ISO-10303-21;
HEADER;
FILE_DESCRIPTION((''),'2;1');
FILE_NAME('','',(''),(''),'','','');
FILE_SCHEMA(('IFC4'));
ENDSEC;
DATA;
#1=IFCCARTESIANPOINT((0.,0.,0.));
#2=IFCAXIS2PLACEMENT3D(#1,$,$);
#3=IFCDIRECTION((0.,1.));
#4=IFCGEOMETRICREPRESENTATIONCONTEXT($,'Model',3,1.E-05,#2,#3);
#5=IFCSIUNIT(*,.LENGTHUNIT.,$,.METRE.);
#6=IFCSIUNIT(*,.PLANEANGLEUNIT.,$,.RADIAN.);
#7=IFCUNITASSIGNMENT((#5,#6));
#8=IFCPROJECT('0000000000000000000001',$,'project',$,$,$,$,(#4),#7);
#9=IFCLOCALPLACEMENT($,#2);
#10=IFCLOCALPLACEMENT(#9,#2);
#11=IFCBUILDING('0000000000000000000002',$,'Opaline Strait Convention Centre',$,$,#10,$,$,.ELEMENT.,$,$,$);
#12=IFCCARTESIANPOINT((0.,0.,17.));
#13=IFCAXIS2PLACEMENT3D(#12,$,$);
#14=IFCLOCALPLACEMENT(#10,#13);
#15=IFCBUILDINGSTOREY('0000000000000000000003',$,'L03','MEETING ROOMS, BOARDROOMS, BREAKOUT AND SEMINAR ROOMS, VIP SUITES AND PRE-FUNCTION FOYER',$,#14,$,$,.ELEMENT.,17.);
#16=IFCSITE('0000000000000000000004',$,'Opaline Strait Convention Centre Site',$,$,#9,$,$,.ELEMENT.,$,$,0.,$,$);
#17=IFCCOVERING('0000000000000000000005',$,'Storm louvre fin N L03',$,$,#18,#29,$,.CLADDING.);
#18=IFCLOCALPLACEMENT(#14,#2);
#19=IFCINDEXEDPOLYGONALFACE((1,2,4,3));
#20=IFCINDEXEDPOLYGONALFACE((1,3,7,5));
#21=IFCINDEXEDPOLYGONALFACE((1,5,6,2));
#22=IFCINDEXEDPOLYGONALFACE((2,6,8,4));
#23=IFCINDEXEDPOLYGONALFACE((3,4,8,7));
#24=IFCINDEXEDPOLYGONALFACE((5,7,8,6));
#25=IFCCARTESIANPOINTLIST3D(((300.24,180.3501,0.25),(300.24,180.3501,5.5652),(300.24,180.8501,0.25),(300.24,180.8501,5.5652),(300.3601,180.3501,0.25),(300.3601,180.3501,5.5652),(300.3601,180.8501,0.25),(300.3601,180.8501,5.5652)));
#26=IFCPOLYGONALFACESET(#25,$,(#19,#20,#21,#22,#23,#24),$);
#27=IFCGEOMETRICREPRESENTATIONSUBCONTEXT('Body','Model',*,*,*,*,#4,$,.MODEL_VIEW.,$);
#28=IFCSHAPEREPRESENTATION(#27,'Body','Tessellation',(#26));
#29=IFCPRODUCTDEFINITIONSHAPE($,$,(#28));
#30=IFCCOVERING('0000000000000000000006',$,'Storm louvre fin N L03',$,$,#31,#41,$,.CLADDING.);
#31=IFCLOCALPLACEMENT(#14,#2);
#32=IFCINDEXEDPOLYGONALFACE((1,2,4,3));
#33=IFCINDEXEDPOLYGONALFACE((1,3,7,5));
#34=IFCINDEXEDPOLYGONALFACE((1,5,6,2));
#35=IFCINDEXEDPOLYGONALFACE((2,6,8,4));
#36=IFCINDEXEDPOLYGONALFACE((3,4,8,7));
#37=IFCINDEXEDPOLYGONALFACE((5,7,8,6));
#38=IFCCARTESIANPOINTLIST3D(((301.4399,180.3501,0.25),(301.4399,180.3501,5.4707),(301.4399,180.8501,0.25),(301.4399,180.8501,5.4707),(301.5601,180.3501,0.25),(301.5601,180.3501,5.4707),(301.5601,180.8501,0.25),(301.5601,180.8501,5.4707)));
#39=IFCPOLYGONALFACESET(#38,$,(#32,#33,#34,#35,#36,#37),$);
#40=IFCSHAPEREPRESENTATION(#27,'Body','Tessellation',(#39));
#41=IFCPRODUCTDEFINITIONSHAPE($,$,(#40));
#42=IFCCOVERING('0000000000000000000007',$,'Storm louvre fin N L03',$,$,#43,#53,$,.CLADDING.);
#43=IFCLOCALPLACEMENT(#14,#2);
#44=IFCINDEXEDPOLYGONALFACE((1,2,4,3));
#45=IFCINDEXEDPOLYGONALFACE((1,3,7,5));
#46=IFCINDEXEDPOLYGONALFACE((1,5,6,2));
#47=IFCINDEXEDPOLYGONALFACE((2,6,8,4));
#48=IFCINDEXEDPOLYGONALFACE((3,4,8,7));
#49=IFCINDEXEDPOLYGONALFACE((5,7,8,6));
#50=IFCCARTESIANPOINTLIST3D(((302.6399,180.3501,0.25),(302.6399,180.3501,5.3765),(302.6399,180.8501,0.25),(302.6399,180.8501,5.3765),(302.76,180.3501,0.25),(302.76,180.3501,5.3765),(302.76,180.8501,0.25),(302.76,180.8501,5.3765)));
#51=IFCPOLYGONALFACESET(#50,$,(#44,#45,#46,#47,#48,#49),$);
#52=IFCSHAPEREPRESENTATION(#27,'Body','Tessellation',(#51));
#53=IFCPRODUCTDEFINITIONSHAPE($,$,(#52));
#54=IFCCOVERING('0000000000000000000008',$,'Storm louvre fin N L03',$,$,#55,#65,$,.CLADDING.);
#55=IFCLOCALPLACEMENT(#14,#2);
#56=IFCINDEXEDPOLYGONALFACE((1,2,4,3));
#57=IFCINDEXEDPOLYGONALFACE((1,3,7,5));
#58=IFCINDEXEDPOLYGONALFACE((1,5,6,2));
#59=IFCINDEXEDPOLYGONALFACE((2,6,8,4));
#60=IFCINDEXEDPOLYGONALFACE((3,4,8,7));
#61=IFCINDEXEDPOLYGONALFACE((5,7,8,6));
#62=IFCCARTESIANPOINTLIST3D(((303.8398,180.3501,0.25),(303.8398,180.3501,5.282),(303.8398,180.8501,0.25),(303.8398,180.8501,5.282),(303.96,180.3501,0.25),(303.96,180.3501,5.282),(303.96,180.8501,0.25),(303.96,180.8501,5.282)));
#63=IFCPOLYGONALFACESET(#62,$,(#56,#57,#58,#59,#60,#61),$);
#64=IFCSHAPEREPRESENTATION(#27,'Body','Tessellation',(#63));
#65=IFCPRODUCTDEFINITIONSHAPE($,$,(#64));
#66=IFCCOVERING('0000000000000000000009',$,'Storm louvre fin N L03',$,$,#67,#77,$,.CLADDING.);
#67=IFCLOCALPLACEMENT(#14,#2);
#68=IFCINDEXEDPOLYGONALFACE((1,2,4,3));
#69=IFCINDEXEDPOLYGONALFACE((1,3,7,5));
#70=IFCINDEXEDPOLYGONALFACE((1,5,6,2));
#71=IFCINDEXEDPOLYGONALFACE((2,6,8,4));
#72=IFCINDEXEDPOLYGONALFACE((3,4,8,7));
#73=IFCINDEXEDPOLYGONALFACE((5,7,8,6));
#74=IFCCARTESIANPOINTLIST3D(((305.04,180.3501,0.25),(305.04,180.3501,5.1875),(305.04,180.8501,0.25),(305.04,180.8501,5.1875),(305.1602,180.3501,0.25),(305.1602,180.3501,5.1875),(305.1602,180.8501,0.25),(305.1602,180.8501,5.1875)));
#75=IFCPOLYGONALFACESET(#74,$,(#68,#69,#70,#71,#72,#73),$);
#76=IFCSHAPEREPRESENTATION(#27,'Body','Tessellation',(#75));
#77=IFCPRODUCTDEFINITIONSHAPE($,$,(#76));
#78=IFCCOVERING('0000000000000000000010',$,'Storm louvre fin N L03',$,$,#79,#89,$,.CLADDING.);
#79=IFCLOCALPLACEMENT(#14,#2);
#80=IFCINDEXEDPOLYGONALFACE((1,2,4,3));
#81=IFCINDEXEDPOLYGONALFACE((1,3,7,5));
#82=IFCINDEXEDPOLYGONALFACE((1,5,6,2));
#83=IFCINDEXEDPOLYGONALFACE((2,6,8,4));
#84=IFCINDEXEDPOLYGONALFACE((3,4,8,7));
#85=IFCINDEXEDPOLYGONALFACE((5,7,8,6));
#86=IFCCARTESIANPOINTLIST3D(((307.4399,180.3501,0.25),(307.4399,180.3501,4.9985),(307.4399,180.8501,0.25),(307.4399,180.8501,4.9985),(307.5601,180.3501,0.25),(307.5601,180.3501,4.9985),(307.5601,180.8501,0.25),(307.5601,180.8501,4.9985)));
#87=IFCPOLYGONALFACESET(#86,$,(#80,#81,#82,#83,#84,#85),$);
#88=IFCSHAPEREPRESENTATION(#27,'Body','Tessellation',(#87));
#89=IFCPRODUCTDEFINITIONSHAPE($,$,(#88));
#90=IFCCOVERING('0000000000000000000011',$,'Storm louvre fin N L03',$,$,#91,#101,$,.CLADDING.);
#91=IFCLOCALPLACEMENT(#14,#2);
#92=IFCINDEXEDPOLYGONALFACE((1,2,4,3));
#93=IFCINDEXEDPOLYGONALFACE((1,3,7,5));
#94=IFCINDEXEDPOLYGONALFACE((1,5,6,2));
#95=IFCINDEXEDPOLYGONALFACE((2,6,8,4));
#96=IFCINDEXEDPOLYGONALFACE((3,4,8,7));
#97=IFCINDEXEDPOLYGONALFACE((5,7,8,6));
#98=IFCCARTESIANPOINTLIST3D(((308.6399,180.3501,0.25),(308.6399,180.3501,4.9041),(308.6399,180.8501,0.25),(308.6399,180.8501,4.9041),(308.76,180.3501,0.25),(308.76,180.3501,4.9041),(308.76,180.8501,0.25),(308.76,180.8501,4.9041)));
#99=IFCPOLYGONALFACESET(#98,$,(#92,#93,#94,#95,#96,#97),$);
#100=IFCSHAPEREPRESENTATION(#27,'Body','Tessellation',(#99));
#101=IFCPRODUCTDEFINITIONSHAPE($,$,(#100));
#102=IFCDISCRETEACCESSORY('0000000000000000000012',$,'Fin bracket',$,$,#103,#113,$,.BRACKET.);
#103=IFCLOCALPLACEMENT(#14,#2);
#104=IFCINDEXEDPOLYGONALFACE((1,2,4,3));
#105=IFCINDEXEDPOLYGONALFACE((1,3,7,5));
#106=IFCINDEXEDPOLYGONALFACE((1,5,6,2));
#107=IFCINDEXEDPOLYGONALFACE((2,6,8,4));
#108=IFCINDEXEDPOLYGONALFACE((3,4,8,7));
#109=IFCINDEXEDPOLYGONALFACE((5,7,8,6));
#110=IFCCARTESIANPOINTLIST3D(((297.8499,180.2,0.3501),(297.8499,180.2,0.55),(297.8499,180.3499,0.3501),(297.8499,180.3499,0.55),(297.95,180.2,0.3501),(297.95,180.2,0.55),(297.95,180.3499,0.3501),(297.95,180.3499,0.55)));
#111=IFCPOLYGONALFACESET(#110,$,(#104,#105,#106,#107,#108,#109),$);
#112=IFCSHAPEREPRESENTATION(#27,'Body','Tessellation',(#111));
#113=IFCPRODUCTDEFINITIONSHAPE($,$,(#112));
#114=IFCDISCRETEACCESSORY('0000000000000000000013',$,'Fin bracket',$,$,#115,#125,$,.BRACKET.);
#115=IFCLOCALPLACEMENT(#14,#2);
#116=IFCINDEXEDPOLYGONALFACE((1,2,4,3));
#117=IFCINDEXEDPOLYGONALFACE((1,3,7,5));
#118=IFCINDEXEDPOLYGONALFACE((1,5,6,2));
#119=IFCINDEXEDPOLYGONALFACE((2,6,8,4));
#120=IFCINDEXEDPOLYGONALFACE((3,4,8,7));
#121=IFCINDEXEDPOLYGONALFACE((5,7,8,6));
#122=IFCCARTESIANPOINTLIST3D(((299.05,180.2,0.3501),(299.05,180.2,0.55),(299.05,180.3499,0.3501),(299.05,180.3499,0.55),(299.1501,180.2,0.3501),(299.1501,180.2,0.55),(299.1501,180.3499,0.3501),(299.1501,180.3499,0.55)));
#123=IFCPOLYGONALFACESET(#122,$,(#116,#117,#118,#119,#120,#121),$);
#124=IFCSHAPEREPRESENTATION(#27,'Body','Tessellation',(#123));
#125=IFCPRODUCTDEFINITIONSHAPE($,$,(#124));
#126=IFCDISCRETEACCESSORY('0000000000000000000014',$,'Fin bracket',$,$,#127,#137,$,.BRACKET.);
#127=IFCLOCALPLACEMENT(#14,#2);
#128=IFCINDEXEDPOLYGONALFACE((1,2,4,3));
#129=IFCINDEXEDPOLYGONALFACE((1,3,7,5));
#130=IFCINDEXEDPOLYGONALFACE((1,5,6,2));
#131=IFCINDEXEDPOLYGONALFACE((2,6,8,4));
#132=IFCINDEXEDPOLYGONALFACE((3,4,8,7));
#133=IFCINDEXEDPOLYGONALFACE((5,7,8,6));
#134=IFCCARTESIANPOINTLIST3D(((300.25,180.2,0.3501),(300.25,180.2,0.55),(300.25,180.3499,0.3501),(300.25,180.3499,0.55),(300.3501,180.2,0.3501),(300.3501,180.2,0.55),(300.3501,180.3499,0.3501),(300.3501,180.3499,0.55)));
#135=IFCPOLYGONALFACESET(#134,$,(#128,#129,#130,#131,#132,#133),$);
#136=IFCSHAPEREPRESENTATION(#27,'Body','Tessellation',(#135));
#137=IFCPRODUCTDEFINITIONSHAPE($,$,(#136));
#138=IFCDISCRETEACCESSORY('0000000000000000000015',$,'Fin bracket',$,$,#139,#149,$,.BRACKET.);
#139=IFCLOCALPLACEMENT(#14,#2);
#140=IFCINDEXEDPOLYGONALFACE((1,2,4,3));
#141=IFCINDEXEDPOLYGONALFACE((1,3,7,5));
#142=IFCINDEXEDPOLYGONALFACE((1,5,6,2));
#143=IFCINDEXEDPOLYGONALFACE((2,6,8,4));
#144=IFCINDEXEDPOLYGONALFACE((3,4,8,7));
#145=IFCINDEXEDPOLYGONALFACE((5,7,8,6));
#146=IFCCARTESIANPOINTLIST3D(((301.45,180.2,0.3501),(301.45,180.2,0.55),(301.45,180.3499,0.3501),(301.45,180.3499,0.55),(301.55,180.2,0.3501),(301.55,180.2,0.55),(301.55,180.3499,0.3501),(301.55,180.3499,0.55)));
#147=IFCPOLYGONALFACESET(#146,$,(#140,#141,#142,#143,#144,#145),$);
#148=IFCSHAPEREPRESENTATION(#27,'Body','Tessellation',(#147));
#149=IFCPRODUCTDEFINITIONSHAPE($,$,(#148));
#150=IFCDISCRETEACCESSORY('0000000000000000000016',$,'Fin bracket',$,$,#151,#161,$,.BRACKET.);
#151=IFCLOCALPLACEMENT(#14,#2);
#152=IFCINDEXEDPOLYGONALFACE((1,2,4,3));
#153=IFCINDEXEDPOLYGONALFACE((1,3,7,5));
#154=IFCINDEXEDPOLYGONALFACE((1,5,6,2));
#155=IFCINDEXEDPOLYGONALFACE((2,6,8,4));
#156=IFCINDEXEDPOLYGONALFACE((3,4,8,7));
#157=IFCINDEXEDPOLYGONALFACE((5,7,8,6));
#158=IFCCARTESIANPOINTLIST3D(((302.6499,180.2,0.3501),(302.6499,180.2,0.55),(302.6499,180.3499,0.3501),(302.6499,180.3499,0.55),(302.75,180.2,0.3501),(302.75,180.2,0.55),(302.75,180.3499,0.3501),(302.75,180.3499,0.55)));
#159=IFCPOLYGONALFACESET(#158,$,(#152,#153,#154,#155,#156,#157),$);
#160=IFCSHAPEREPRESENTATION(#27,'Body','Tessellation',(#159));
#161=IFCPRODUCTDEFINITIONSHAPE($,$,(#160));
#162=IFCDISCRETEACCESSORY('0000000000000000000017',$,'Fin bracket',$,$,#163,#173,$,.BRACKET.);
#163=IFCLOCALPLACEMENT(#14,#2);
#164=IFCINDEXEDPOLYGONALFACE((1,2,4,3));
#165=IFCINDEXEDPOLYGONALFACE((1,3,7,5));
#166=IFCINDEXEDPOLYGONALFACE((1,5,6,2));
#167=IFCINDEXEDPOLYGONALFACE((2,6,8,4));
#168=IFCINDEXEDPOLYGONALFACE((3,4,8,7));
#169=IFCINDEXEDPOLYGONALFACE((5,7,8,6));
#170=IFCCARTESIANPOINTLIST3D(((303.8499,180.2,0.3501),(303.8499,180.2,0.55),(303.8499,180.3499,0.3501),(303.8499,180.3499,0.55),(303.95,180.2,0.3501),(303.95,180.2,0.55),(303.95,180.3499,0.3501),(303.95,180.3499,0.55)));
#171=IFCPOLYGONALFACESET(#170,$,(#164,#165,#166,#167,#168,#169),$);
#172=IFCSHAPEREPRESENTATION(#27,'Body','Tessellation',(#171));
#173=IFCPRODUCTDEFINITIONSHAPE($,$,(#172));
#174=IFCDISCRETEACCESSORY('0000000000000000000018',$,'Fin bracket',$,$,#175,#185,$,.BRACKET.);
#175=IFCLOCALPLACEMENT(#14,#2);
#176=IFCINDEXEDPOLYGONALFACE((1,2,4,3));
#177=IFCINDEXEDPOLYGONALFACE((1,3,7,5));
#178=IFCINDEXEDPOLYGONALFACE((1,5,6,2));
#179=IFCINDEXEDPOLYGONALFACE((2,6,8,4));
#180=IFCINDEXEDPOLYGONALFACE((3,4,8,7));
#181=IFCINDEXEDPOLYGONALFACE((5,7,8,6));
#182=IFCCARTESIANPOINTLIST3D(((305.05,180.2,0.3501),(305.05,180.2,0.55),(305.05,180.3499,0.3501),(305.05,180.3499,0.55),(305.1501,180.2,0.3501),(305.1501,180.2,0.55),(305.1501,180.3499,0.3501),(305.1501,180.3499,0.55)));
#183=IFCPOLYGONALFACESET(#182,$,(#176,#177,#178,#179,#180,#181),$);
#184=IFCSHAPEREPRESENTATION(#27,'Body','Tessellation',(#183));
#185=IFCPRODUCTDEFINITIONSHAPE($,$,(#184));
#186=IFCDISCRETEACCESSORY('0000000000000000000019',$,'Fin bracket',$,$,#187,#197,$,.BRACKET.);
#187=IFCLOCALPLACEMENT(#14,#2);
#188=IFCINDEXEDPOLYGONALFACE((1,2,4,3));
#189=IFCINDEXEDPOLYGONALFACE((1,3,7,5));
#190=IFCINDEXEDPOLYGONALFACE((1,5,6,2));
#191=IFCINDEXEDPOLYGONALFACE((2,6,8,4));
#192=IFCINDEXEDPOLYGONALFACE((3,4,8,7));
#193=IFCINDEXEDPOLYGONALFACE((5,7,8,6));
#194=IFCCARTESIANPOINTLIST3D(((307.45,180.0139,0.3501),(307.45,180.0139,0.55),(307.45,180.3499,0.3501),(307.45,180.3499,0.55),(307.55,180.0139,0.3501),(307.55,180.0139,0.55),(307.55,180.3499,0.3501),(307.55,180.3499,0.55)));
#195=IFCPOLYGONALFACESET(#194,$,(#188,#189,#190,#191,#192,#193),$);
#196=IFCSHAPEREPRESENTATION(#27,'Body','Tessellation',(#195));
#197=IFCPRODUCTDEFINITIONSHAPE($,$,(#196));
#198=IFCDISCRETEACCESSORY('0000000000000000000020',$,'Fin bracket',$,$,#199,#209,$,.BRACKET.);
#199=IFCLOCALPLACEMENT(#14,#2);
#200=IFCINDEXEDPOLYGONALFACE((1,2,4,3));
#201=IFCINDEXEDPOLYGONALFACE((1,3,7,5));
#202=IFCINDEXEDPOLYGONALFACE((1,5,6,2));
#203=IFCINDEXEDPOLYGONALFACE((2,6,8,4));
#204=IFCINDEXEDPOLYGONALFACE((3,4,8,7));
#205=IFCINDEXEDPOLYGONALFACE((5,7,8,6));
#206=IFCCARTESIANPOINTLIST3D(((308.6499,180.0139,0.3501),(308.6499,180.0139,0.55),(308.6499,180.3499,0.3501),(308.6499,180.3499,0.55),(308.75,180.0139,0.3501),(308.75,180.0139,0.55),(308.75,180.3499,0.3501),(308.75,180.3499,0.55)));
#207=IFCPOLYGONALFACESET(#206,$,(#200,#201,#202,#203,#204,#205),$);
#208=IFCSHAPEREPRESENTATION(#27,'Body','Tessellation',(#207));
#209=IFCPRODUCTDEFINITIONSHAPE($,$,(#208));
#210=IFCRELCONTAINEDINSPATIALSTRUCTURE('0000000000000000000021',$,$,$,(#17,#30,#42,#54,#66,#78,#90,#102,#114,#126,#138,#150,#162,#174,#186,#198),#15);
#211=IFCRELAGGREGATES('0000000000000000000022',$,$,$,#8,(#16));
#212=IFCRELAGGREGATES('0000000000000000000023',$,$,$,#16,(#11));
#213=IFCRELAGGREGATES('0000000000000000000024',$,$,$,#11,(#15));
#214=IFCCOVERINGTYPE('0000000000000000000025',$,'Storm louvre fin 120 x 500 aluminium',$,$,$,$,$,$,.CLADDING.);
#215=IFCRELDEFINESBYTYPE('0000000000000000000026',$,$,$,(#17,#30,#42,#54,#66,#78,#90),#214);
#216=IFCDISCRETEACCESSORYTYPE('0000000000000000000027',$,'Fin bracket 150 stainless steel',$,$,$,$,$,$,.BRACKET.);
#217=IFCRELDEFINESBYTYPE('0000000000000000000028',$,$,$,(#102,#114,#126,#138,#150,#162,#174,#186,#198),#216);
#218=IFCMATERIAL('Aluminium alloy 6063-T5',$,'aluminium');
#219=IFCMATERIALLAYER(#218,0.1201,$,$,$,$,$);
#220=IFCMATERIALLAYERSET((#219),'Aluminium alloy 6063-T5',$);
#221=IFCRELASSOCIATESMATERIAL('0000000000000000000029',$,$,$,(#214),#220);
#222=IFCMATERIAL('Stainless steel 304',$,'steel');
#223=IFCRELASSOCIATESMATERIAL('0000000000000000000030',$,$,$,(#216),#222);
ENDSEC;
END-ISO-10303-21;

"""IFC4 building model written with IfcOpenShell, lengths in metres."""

from ifc_helpers import new_model, si_unit, direction, frame, origin, origin_2d, place, context, subcontext, project, spatial, rectangle, extrude, material, layer, layer_set, type_object, element, save


model = new_model("IFC4")

# Units and contexts
model_context = context("Model", 3, precision=1e-05, world=origin(), true_north=direction((0.0, 1.0)))
body_context = subcontext(model_context, "Body", "Model", "MODEL_VIEW")
ifc_project = project(units=[si_unit("LENGTHUNIT", "METRE"), si_unit("PLANEANGLEUNIT", "RADIAN")], contexts=[model_context])

# Site, building, storey
site_placement = place(None, origin())
site = spatial("IfcSite", under=ifc_project, at=site_placement, Name="Opaline Strait Convention Centre Site", CompositionType="ELEMENT", RefElevation=0.0)
building_placement = place(site_placement, origin())
building = spatial("IfcBuilding", under=site, at=building_placement, Name="Opaline Strait Convention Centre", CompositionType="ELEMENT")
storey_placement = place(building_placement, frame((0.0, 0.0, 17.0)))
storey = spatial("IfcBuildingStorey", under=building, at=storey_placement, Name="L03", Description="MEETING ROOMS, BOARDROOMS, BREAKOUT AND SEMINAR ROOMS, VIP SUITES AND PRE-FUNCTION FOYER", CompositionType="ELEMENT", Elevation=17.0)

# Coverings
ifc_material_1 = material(Name="Aluminium alloy 6063-T5", Category="aluminium")
ifc_layer_1 = layer(ifc_material_1, 0.1201)
ifc_layer_set_1 = layer_set([ifc_layer_1], Name="Aluminium alloy 6063-T5")
covering_type = type_object("IfcCoveringType", Name="Storm louvre fin 120 x 500 aluminium", PredefinedType="CLADDING", material=ifc_layer_set_1)
covering_1_placement = place(storey_placement, frame((300.3, 180.6001, 0.25), z_axis=(0.0, 0.0, 1.0), x_axis=(1.0, 0.0, 0.0)))
element("IfcCovering", 1, at=covering_1_placement, inside=storey, type_object=covering_type, Name="Storm louvre fin N L03", PredefinedType="CLADDING", context=body_context, shape_type="SweptSolid", body=[
    extrude(rectangle(XDim=0.1201, YDim=0.5, at=origin_2d()), origin(), (0.0, 0.0, 1.0), 5.3152),
])
covering_2_placement = place(storey_placement, frame((301.5, 180.6001, 0.25), z_axis=(0.0, 0.0, 1.0), x_axis=(1.0, 0.0, 0.0)))
element("IfcCovering", 2, at=covering_2_placement, inside=storey, type_object=covering_type, Name="Storm louvre fin N L03", PredefinedType="CLADDING", context=body_context, shape_type="SweptSolid", body=[
    extrude(rectangle(XDim=0.1201, YDim=0.5, at=origin_2d()), origin(), (0.0, 0.0, 1.0), 5.2207),
])
covering_3_placement = place(storey_placement, frame((302.7, 180.6001, 0.25), z_axis=(0.0, 0.0, 1.0), x_axis=(1.0, 0.0, 0.0)))
element("IfcCovering", 3, at=covering_3_placement, inside=storey, type_object=covering_type, Name="Storm louvre fin N L03", PredefinedType="CLADDING", context=body_context, shape_type="SweptSolid", body=[
    extrude(rectangle(XDim=0.1201, YDim=0.5, at=origin_2d()), origin(), (0.0, 0.0, 1.0), 5.1265),
])
covering_4_placement = place(storey_placement, frame((303.8999, 180.6001, 0.25), z_axis=(0.0, 0.0, 1.0), x_axis=(1.0, 0.0, 0.0)))
element("IfcCovering", 4, at=covering_4_placement, inside=storey, type_object=covering_type, Name="Storm louvre fin N L03", PredefinedType="CLADDING", context=body_context, shape_type="SweptSolid", body=[
    extrude(rectangle(XDim=0.1201, YDim=0.5, at=origin_2d()), origin(), (0.0, 0.0, 1.0), 5.032),
])
covering_5_placement = place(storey_placement, frame((305.1001, 180.6001, 0.25), z_axis=(0.0, 0.0, 1.0), x_axis=(1.0, 0.0, 0.0)))
element("IfcCovering", 5, at=covering_5_placement, inside=storey, type_object=covering_type, Name="Storm louvre fin N L03", PredefinedType="CLADDING", context=body_context, shape_type="SweptSolid", body=[
    extrude(rectangle(XDim=0.1201, YDim=0.5, at=origin_2d()), origin(), (0.0, 0.0, 1.0), 4.9375),
])
covering_6_placement = place(storey_placement, frame((307.5, 180.6001, 0.25), z_axis=(0.0, 0.0, 1.0), x_axis=(1.0, 0.0, 0.0)))
element("IfcCovering", 6, at=covering_6_placement, inside=storey, type_object=covering_type, Name="Storm louvre fin N L03", PredefinedType="CLADDING", context=body_context, shape_type="SweptSolid", body=[
    extrude(rectangle(XDim=0.1201, YDim=0.5, at=origin_2d()), origin(), (0.0, 0.0, 1.0), 4.7485),
])
covering_7_placement = place(storey_placement, frame((308.7, 180.6001, 0.25), z_axis=(0.0, 0.0, 1.0), x_axis=(1.0, 0.0, 0.0)))
element("IfcCovering", 7, at=covering_7_placement, inside=storey, type_object=covering_type, Name="Storm louvre fin N L03", PredefinedType="CLADDING", context=body_context, shape_type="SweptSolid", body=[
    extrude(rectangle(XDim=0.1201, YDim=0.5, at=origin_2d()), origin(), (0.0, 0.0, 1.0), 4.6541),
])

# Discrete accessories
ifc_material_2 = material(Name="Stainless steel 304", Category="steel")
discrete_accessory_type = type_object("IfcDiscreteAccessoryType", Name="Fin bracket 150 stainless steel", PredefinedType="BRACKET", material=ifc_material_2)
for number, where, z_axis, x_axis, name in (
    (8, (297.8999, 180.2749, 0.3501), (0.0, 0.0, 1.0), (1.0, 0.0, 0.0), "Fin bracket"),
    (9, (299.1001, 180.2749, 0.3501), (0.0, 0.0, 1.0), (1.0, 0.0, 0.0), "Fin bracket"),
    (10, (300.3, 180.2749, 0.3501), (0.0, 0.0, 1.0), (1.0, 0.0, 0.0), "Fin bracket"),
    (11, (301.5, 180.2749, 0.3501), (0.0, 0.0, 1.0), (1.0, 0.0, 0.0), "Fin bracket"),
    (12, (302.7, 180.2749, 0.3501), (0.0, 0.0, 1.0), (1.0, 0.0, 0.0), "Fin bracket"),
    (13, (303.8999, 180.2749, 0.3501), (0.0, 0.0, 1.0), (1.0, 0.0, 0.0), "Fin bracket"),
    (14, (305.1001, 180.2749, 0.3501), (0.0, 0.0, 1.0), (1.0, 0.0, 0.0), "Fin bracket"),
):
    element("IfcDiscreteAccessory", number, at=place(storey_placement, frame(where, z_axis=z_axis, x_axis=x_axis)), inside=storey, type_object=discrete_accessory_type, Name=name, PredefinedType="BRACKET", context=body_context, shape_type="SweptSolid", body=[
        extrude(rectangle(XDim=0.1001, YDim=0.1499, at=origin_2d()), origin(), (0.0, 0.0, 1.0), 0.2),
    ])
for number, where, z_axis, x_axis, name in (
    (15, (307.5, 180.1819, 0.3501), (0.0, 0.0, 1.0), (1.0, 0.0, 0.0), "Fin bracket"),
    (16, (308.7, 180.1819, 0.3501), (0.0, 0.0, 1.0), (1.0, 0.0, 0.0), "Fin bracket"),
):
    element("IfcDiscreteAccessory", number, at=place(storey_placement, frame(where, z_axis=z_axis, x_axis=x_axis)), inside=storey, type_object=discrete_accessory_type, Name=name, PredefinedType="BRACKET", context=body_context, shape_type="SweptSolid", body=[
        extrude(rectangle(XDim=0.1001, YDim=0.3359, at=origin_2d()), origin(), (0.0, 0.0, 1.0), 0.2),
    ])

save(model, "model.ifc")
